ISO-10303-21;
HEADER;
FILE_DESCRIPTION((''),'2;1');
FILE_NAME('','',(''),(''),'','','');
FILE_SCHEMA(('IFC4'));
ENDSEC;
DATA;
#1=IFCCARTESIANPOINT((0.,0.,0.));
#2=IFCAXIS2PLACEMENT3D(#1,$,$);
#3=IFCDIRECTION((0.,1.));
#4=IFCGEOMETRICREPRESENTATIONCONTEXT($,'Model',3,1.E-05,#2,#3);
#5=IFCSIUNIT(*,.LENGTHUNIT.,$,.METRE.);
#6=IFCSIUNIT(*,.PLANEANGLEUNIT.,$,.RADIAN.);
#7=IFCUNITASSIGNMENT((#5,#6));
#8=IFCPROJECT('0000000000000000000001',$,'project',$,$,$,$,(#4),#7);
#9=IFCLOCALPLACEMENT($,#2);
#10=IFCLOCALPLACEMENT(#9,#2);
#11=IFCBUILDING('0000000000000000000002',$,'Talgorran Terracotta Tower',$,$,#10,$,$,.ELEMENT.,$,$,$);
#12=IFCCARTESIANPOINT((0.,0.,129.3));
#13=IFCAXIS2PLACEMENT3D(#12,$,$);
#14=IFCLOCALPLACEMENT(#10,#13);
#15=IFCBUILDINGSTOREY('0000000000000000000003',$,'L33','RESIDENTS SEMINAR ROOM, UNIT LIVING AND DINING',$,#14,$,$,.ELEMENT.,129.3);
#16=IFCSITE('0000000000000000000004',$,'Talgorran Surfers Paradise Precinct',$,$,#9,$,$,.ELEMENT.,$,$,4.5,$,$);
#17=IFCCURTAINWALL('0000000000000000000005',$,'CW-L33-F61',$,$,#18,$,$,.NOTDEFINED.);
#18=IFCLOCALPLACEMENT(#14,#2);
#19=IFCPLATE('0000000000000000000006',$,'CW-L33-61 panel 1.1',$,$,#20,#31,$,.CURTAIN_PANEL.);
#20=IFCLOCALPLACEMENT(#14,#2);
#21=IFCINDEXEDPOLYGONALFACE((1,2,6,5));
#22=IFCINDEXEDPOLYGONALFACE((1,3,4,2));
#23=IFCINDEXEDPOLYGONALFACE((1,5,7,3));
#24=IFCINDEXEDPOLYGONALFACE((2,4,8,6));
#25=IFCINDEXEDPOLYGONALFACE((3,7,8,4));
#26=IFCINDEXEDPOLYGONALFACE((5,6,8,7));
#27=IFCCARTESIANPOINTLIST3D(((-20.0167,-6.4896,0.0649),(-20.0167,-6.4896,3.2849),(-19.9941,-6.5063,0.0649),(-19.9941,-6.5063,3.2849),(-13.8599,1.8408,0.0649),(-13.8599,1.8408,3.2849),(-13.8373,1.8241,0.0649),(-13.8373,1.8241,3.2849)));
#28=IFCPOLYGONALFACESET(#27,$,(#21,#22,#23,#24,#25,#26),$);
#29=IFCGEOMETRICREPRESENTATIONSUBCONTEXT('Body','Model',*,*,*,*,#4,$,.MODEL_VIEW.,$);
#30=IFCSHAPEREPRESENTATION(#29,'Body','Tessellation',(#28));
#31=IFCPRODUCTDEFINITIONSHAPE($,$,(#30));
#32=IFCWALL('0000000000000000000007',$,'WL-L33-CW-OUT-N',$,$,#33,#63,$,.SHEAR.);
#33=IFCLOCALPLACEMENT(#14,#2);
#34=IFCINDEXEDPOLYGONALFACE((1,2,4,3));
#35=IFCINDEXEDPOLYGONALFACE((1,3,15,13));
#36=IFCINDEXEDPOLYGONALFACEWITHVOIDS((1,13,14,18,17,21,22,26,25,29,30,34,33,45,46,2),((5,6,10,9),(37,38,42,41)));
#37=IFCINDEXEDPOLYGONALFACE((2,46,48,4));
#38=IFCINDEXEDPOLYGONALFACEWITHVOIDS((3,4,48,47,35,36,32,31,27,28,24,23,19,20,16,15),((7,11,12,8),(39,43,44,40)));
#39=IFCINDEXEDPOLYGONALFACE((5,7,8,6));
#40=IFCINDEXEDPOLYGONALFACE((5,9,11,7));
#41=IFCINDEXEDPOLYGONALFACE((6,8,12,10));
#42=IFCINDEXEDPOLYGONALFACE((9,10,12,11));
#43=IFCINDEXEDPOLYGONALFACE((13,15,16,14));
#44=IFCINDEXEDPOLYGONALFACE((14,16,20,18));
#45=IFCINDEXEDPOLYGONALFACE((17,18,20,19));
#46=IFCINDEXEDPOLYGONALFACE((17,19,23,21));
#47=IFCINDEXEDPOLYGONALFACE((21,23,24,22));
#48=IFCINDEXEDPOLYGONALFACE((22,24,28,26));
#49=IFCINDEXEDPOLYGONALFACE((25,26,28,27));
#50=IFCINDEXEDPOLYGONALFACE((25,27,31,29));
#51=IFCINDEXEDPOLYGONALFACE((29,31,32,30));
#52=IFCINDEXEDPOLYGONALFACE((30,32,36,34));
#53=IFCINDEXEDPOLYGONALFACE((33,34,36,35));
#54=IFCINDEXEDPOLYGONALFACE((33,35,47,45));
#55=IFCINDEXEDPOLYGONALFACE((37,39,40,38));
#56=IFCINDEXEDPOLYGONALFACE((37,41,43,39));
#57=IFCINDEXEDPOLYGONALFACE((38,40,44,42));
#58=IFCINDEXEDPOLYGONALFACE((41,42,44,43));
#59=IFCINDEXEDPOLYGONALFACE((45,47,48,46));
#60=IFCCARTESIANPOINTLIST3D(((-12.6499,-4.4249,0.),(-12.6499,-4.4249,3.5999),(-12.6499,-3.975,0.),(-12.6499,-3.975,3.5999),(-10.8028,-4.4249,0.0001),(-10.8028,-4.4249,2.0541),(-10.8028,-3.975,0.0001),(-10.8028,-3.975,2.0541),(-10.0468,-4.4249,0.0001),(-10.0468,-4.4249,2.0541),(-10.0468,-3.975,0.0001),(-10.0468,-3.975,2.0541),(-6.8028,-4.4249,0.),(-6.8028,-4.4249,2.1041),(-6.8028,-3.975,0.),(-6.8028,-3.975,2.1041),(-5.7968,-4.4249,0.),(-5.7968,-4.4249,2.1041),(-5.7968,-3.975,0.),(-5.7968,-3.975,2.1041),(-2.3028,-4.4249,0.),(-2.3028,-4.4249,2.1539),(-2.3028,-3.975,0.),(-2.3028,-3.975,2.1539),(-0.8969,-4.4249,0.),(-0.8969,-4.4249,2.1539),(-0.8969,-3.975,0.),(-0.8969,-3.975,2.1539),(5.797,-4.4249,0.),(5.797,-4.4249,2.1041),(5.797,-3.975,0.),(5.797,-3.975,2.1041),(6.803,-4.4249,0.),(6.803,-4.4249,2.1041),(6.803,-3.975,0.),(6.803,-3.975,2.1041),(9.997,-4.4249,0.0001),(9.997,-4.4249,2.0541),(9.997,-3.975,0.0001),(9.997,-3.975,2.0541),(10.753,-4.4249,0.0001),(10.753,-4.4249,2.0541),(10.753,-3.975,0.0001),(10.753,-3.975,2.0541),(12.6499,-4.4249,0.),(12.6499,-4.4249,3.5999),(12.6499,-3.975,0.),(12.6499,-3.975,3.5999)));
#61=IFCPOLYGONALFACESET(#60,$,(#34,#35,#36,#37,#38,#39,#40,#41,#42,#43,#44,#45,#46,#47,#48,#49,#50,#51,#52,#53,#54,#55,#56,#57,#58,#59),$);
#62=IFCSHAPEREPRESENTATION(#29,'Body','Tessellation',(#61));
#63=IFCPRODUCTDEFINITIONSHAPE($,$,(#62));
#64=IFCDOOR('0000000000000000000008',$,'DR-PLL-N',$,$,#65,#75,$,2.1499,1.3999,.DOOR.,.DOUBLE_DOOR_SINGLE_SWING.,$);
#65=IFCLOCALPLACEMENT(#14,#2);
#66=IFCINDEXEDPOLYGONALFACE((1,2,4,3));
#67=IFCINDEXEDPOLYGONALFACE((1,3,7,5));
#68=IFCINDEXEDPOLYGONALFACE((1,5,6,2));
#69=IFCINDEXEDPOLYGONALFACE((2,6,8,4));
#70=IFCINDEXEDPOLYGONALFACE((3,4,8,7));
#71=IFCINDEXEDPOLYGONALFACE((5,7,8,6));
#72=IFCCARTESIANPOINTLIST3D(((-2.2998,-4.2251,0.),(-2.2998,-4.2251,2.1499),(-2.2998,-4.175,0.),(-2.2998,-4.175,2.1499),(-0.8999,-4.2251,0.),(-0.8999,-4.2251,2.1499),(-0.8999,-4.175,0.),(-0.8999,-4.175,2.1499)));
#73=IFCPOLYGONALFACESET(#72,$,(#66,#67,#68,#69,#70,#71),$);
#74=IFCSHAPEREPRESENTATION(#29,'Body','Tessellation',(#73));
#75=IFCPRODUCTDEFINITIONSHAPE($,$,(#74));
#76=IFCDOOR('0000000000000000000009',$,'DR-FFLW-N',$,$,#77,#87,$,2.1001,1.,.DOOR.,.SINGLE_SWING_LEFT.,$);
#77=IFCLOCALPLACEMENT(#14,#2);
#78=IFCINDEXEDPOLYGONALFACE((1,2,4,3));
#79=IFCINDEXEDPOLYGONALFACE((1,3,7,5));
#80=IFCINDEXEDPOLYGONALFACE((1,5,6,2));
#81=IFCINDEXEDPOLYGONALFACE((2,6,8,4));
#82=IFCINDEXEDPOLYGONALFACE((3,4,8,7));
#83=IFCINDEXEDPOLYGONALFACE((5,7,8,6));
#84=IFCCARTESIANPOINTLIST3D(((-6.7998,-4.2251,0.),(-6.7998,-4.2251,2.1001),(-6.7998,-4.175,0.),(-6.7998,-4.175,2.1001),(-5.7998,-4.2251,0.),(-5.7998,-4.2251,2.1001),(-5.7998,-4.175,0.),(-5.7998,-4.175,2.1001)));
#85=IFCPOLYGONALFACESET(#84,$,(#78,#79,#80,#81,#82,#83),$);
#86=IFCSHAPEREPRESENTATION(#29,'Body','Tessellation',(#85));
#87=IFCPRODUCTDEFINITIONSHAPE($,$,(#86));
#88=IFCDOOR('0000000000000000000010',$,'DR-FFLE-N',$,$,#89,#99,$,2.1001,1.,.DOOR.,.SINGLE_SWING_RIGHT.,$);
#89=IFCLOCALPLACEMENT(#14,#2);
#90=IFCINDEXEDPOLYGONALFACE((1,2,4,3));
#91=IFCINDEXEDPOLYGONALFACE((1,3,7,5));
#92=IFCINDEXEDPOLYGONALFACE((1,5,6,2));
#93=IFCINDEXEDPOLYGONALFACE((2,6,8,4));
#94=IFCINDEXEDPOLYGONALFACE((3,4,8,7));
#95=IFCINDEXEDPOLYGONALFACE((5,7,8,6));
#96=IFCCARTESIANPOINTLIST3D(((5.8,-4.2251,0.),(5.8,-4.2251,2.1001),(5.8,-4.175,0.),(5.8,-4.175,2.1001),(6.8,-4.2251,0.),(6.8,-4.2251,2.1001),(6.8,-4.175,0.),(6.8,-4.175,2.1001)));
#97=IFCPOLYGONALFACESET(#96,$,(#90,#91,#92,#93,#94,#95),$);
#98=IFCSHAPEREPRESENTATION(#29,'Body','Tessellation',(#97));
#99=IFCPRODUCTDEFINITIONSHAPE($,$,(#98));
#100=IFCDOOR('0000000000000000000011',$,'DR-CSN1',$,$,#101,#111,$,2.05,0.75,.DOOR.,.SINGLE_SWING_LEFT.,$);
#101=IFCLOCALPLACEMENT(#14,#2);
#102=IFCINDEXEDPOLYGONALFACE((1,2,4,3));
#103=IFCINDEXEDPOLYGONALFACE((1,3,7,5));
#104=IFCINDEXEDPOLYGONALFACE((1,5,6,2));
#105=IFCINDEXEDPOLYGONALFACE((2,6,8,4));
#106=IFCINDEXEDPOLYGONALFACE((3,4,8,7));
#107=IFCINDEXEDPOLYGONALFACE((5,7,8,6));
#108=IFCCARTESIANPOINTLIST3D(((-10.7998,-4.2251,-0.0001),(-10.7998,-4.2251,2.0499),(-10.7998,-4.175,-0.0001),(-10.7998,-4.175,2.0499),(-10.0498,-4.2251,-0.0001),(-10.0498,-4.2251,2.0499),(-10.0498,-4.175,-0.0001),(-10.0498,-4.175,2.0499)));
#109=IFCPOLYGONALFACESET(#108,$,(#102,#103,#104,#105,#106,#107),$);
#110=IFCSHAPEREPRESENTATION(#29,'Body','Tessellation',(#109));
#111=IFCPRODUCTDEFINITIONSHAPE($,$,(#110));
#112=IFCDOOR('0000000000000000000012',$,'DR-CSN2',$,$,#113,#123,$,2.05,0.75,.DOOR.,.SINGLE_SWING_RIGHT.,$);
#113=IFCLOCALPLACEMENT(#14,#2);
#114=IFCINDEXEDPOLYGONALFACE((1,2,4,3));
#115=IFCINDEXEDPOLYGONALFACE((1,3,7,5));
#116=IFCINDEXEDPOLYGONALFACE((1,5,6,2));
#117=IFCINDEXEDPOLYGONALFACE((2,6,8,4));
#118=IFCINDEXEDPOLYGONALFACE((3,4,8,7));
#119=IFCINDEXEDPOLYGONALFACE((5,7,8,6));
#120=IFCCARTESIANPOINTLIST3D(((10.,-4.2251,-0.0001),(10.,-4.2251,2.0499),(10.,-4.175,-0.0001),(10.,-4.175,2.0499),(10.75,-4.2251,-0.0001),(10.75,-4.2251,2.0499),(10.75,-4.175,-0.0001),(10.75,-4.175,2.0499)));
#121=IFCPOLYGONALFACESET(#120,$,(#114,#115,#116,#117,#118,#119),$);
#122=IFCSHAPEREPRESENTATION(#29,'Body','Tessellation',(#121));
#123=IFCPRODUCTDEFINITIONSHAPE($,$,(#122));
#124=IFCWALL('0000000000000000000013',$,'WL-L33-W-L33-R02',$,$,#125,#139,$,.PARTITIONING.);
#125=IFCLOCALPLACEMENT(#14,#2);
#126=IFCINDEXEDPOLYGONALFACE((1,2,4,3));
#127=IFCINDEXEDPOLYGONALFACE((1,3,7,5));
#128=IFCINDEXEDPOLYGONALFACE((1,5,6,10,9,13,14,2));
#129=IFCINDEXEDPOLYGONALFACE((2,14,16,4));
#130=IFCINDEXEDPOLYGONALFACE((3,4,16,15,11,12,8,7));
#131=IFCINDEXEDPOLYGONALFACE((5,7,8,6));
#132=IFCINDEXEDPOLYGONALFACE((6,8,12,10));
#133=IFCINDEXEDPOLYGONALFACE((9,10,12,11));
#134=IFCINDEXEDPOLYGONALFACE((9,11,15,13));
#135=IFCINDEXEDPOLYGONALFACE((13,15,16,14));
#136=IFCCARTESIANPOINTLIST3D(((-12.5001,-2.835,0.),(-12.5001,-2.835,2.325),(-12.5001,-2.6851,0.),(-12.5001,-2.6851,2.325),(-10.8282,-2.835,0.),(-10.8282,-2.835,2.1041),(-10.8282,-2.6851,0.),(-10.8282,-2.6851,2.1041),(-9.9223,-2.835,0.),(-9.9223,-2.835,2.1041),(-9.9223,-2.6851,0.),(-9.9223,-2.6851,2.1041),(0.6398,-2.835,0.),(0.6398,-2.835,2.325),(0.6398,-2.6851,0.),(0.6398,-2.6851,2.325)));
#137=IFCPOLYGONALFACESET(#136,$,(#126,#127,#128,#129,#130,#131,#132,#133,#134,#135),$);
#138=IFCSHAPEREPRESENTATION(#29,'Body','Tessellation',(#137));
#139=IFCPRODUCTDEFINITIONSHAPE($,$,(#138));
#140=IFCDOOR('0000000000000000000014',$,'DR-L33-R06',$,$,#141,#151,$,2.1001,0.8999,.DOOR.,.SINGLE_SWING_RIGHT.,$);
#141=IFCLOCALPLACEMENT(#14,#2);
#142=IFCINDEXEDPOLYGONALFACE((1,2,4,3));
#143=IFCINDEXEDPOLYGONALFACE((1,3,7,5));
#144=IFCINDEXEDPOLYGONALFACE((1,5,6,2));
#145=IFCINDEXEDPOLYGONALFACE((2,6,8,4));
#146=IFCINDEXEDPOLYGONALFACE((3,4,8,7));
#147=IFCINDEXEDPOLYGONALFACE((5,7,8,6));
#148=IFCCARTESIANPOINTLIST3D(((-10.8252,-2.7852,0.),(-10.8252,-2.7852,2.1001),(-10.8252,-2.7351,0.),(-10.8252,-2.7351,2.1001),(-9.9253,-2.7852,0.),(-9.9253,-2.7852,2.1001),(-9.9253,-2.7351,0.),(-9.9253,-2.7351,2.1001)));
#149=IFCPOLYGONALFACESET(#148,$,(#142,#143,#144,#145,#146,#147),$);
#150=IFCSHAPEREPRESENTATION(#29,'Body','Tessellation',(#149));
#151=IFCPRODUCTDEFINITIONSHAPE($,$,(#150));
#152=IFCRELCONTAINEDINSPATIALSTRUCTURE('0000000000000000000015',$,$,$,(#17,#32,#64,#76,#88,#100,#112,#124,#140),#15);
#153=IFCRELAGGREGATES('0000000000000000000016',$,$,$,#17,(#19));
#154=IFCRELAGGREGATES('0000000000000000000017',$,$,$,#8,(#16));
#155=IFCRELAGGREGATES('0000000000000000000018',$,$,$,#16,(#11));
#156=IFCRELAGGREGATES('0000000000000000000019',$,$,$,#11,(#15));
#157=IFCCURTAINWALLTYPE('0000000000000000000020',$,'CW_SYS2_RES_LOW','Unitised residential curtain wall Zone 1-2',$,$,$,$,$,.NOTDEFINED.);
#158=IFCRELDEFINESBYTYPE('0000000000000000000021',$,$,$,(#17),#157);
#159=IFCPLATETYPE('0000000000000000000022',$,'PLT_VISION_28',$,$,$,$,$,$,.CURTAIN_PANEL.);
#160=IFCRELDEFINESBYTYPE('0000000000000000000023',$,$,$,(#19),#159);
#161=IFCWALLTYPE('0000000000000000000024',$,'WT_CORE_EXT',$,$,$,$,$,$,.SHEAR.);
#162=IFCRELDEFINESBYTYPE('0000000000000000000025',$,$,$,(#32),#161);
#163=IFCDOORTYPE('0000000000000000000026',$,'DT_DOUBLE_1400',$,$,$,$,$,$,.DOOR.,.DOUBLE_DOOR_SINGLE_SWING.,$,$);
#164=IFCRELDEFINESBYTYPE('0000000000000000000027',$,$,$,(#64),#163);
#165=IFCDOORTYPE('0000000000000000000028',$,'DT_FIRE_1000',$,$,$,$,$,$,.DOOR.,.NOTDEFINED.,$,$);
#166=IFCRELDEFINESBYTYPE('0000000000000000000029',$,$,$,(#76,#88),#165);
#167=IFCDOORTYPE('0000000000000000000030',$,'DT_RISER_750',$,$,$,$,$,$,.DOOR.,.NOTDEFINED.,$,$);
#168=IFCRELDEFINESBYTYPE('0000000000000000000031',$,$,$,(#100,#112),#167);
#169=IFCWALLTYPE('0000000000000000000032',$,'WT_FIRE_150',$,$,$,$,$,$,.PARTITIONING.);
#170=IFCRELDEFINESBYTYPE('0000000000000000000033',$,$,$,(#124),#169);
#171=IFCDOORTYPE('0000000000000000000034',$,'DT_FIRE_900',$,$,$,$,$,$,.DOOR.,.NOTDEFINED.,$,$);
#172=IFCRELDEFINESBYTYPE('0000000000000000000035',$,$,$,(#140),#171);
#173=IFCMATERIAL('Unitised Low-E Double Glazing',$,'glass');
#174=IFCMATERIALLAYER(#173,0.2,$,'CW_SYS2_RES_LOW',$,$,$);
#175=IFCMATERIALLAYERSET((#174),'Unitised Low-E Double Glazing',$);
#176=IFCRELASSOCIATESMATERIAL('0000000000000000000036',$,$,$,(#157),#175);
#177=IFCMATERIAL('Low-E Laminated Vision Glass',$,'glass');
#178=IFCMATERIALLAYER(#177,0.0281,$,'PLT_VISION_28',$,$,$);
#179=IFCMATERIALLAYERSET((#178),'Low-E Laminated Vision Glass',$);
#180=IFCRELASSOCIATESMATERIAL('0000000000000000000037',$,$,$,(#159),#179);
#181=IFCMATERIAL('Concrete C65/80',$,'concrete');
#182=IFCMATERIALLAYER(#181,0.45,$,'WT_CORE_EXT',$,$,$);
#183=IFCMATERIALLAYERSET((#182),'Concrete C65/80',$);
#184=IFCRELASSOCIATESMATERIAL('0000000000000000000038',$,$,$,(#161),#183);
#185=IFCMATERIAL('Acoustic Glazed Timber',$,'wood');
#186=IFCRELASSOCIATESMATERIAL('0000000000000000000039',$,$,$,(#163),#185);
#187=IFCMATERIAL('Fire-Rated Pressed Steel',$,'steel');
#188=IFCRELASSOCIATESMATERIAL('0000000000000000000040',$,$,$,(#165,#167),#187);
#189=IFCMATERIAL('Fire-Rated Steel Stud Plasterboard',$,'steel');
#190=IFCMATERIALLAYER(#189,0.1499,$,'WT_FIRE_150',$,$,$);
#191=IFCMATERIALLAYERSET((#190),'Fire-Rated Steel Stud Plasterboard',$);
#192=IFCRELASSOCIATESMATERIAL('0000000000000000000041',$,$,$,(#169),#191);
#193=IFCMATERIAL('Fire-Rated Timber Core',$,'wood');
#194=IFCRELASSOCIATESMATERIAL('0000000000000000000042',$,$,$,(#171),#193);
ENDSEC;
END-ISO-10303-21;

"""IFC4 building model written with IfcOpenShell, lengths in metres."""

from ifc_helpers import new_model, si_unit, direction, frame, frame_2d, origin, origin_2d, place, context, subcontext, project, spatial, rectangle, extrude, source, transform, mapped, material, layer, layer_set, type_object, type_shapes, element, fill, aggregate, save


model = new_model("IFC4")

# Units and contexts
model_context = context("Model", 3, precision=1e-05, world=origin(), true_north=direction((0.0, 1.0)))
body_context = subcontext(model_context, "Body", "Model", "MODEL_VIEW")
ifc_project = project(units=[si_unit("LENGTHUNIT", "METRE"), si_unit("PLANEANGLEUNIT", "RADIAN")], contexts=[model_context])

# Site, building, storey
site_placement = place(None, origin())
site = spatial("IfcSite", under=ifc_project, at=site_placement, Name="Talgorran Surfers Paradise Precinct", CompositionType="ELEMENT", RefElevation=4.5)
building_placement = place(site_placement, origin())
building = spatial("IfcBuilding", under=site, at=building_placement, Name="Talgorran Terracotta Tower", CompositionType="ELEMENT")
storey_placement = place(building_placement, frame((0.0, 0.0, 129.3)))
storey = spatial("IfcBuildingStorey", under=building, at=storey_placement, Name="L33", Description="RESIDENTS SEMINAR ROOM, UNIT LIVING AND DINING", CompositionType="ELEMENT", Elevation=129.3)

# Curtain wall
ifc_material_1 = material(Name="Unitised Low-E Double Glazing", Category="glass")
ifc_layer_1 = layer(ifc_material_1, 0.2, Name="CW_SYS2_RES_LOW")
ifc_layer_set_1 = layer_set([ifc_layer_1], Name="Unitised Low-E Double Glazing")
curtain_wall_type = type_object("IfcCurtainWallType", Name="CW_SYS2_RES_LOW", Description="Unitised residential curtain wall Zone 1-2", PredefinedType="NOTDEFINED", material=ifc_layer_set_1)
curtain_wall_1_placement = place(storey_placement, origin())
curtain_wall_1 = element("IfcCurtainWall", 1, at=curtain_wall_1_placement, inside=storey, type_object=curtain_wall_type, Name="CW-L33-F61", PredefinedType="NOTDEFINED")

# Plate
ifc_material_2 = material(Name="Low-E Laminated Vision Glass", Category="glass")
ifc_layer_2 = layer(ifc_material_2, 0.0281, Name="PLT_VISION_28")
ifc_layer_set_2 = layer_set([ifc_layer_2], Name="Low-E Laminated Vision Glass")
plate_type = type_object("IfcPlateType", Name="PLT_VISION_28", PredefinedType="CURTAIN_PANEL", material=ifc_layer_set_2)
shared_shape = source(origin(), body_context, "Body", "SweptSolid", [
    extrude(rectangle(XDim=10.3586, YDim=0.0281, at=origin_2d()), origin(), (0.0, 0.0, 1.0), 3.22),
])
type_shapes(plate_type, [shared_shape])
plate_placement = place(storey_placement, frame((-16.927, -2.3328, 0.0649), z_axis=(0.0, 0.0, 1.0), x_axis=(-0.594361, -0.804199, 0.0)))
plate = element("IfcPlate", 2, at=plate_placement, type_object=plate_type, Name="CW-L33-61 panel 1.1", PredefinedType="CURTAIN_PANEL", context=body_context, shape_type="MappedRepresentation", body=[
    mapped(shared_shape, transform((0.0, 0.0, 0.0), scale=1.0)),
])
aggregate(curtain_wall_1, [plate])

# Wall, openings, doors
ifc_material_3 = material(Name="Concrete C65/80", Category="concrete")
ifc_layer_3 = layer(ifc_material_3, 0.45, Name="WT_CORE_EXT")
ifc_layer_set_3 = layer_set([ifc_layer_3], Name="Concrete C65/80")
wall_type_1 = type_object("IfcWallType", Name="WT_CORE_EXT", PredefinedType="SHEAR", material=ifc_layer_set_3)
wall_1_placement = place(storey_placement, frame((-12.6499, -4.2, 0.0), z_axis=(0.0, 0.0, 1.0), x_axis=(1.0, 0.0, 0.0)))
wall_1 = element("IfcWall", 3, at=wall_1_placement, inside=storey, type_object=wall_type_1, Name="WL-L33-CW-OUT-N", PredefinedType="SHEAR", context=body_context, shape_type="SweptSolid", body=[
    extrude(rectangle(XDim=25.2998, YDim=0.45, at=frame_2d((12.6499, 0.0))), origin(), (0.0, 0.0, 1.0), 3.5999),
])
opening_1_placement = place(wall_1_placement, frame((1.8501, 0.0, 0.0)))
opening_1 = element("IfcOpeningElement", 4, at=opening_1_placement, cuts=wall_1, PredefinedType="OPENING", context=body_context, shape_type="SweptSolid", body=[
    extrude(rectangle(XDim=0.756, YDim=2.054, at=frame_2d((0.375, 1.0271))), frame((0.0, 0.2349, 0.0), z_axis=(0.0, -1.0, 0.0), x_axis=(1.0, 0.0, 0.0)), (0.0, 0.0, 1.0), 0.47),
])
opening_2_placement = place(wall_1_placement, frame((22.6499, 0.0, 0.0)))
opening_2 = element("IfcOpeningElement", 5, at=opening_2_placement, cuts=wall_1, PredefinedType="OPENING", context=body_context, shape_type="SweptSolid", body=[
    extrude(rectangle(XDim=0.756, YDim=2.054, at=frame_2d((0.375, 1.0271))), frame((0.0, 0.2349, 0.0), z_axis=(0.0, -1.0, 0.0), x_axis=(1.0, 0.0, 0.0)), (0.0, 0.0, 1.0), 0.47),
])
opening_3_placement = place(wall_1_placement, frame((5.8501, 0.0, 0.0)))
opening_3 = element("IfcOpeningElement", 6, at=opening_3_placement, cuts=wall_1, PredefinedType="OPENING", context=body_context, shape_type="SweptSolid", body=[
    extrude(rectangle(XDim=1.006, YDim=2.1041, at=frame_2d((0.5, 1.052))), frame((0.0, 0.2349, 0.0), z_axis=(0.0, -1.0, 0.0), x_axis=(1.0, 0.0, 0.0)), (0.0, 0.0, 1.0), 0.47),
])
opening_4_placement = place(wall_1_placement, frame((10.3501, 0.0, 0.0)))
opening_4 = element("IfcOpeningElement", 7, at=opening_4_placement, cuts=wall_1, PredefinedType="OPENING", context=body_context, shape_type="SweptSolid", body=[
    extrude(rectangle(XDim=1.4059, YDim=2.1539, at=frame_2d((0.7, 1.0769))), frame((0.0, 0.2349, 0.0), z_axis=(0.0, -1.0, 0.0), x_axis=(1.0, 0.0, 0.0)), (0.0, 0.0, 1.0), 0.47),
])
opening_5_placement = place(wall_1_placement, frame((18.45, 0.0, 0.0)))
opening_5 = element("IfcOpeningElement", 8, at=opening_5_placement, cuts=wall_1, PredefinedType="OPENING", context=body_context, shape_type="SweptSolid", body=[
    extrude(rectangle(XDim=1.006, YDim=2.1041, at=frame_2d((0.5, 1.052))), frame((0.0, 0.2349, 0.0), z_axis=(0.0, -1.0, 0.0), x_axis=(1.0, 0.0, 0.0)), (0.0, 0.0, 1.0), 0.47),
])
ifc_material_4 = material(Name="Acoustic Glazed Timber", Category="wood")
door_type_1 = type_object("IfcDoorType", Name="DT_DOUBLE_1400", OperationType="DOUBLE_DOOR_SINGLE_SWING", PredefinedType="DOOR", material=ifc_material_4)
door_1_placement = place(opening_4_placement, origin())
door_1 = element("IfcDoor", 9, at=door_1_placement, inside=storey, type_object=door_type_1, Name="DR-PLL-N", OperationType="DOUBLE_DOOR_SINGLE_SWING", OverallHeight=2.1499, OverallWidth=1.3999, PredefinedType="DOOR", context=body_context, shape_type="SweptSolid", body=[
    extrude(rectangle(XDim=1.3999, YDim=2.1499, at=frame_2d((0.7, 1.075))), frame((0.0, 0.0249, 0.0), z_axis=(0.0, -1.0, 0.0), x_axis=(1.0, 0.0, 0.0)), (0.0, 0.0, 1.0), 0.05),
])
fill(opening_4, door_1)
ifc_material_5 = material(Name="Fire-Rated Pressed Steel", Category="steel")
door_type_2 = type_object("IfcDoorType", Name="DT_FIRE_1000", OperationType="NOTDEFINED", PredefinedType="DOOR", material=ifc_material_5)
door_2_placement = place(opening_3_placement, origin())
door_2 = element("IfcDoor", 10, at=door_2_placement, inside=storey, type_object=door_type_2, Name="DR-FFLW-N", OperationType="SINGLE_SWING_LEFT", OverallHeight=2.1001, OverallWidth=1.0, PredefinedType="DOOR", context=body_context, shape_type="SweptSolid", body=[
    extrude(rectangle(XDim=1.0, YDim=2.1001, at=frame_2d((0.5, 1.05))), frame((0.0, 0.0249, 0.0), z_axis=(0.0, -1.0, 0.0), x_axis=(1.0, 0.0, 0.0)), (0.0, 0.0, 1.0), 0.05),
])
fill(opening_3, door_2)
door_3_placement = place(opening_5_placement, origin())
door_3 = element("IfcDoor", 11, at=door_3_placement, inside=storey, type_object=door_type_2, Name="DR-FFLE-N", OperationType="SINGLE_SWING_RIGHT", OverallHeight=2.1001, OverallWidth=1.0, PredefinedType="DOOR", context=body_context, shape_type="SweptSolid", body=[
    extrude(rectangle(XDim=1.0, YDim=2.1001, at=frame_2d((0.5, 1.05))), frame((0.0, 0.0249, 0.0), z_axis=(0.0, -1.0, 0.0), x_axis=(1.0, 0.0, 0.0)), (0.0, 0.0, 1.0), 0.05),
])
fill(opening_5, door_3)
door_type_3 = type_object("IfcDoorType", Name="DT_RISER_750", OperationType="NOTDEFINED", PredefinedType="DOOR", material=ifc_material_5)
door_4_placement = place(opening_1_placement, origin())
door_4 = element("IfcDoor", 12, at=door_4_placement, inside=storey, type_object=door_type_3, Name="DR-CSN1", OperationType="SINGLE_SWING_LEFT", OverallHeight=2.05, OverallWidth=0.75, PredefinedType="DOOR", context=body_context, shape_type="SweptSolid", body=[
    extrude(rectangle(XDim=0.75, YDim=2.05, at=frame_2d((0.375, 1.0249))), frame((0.0, 0.0249, 0.0), z_axis=(0.0, -1.0, 0.0), x_axis=(1.0, 0.0, 0.0)), (0.0, 0.0, 1.0), 0.05),
])
fill(opening_1, door_4)
door_5_placement = place(opening_2_placement, origin())
door_5 = element("IfcDoor", 13, at=door_5_placement, inside=storey, type_object=door_type_3, Name="DR-CSN2", OperationType="SINGLE_SWING_RIGHT", OverallHeight=2.05, OverallWidth=0.75, PredefinedType="DOOR", context=body_context, shape_type="SweptSolid", body=[
    extrude(rectangle(XDim=0.75, YDim=2.05, at=frame_2d((0.375, 1.0249))), frame((0.0, 0.0249, 0.0), z_axis=(0.0, -1.0, 0.0), x_axis=(1.0, 0.0, 0.0)), (0.0, 0.0, 1.0), 0.05),
])
fill(opening_2, door_5)

# Wall, opening, door
ifc_material_6 = material(Name="Fire-Rated Steel Stud Plasterboard", Category="steel")
ifc_layer_4 = layer(ifc_material_6, 0.1499, Name="WT_FIRE_150")
ifc_layer_set_4 = layer_set([ifc_layer_4], Name="Fire-Rated Steel Stud Plasterboard")
wall_type_2 = type_object("IfcWallType", Name="WT_FIRE_150", PredefinedType="PARTITIONING", material=ifc_layer_set_4)
wall_2_placement = place(storey_placement, frame((-12.5, -2.76, 0.0), z_axis=(0.0, 0.0, 1.0), x_axis=(1.0, 0.0, 0.0)))
wall_2 = element("IfcWall", 14, at=wall_2_placement, inside=storey, type_object=wall_type_2, Name="WL-L33-W-L33-R02", PredefinedType="PARTITIONING", context=body_context, shape_type="SweptSolid", body=[
    extrude(rectangle(XDim=13.1399, YDim=0.1499, at=frame_2d((6.5698, 0.0))), origin(), (0.0, 0.0, 1.0), 2.325),
])
opening_6_placement = place(wall_2_placement, frame((1.6748, 0.0, 0.0)))
opening_6 = element("IfcOpeningElement", 15, at=opening_6_placement, cuts=wall_2, PredefinedType="OPENING", context=body_context, shape_type="SweptSolid", body=[
    extrude(rectangle(XDim=0.9059, YDim=2.1041, at=frame_2d((0.45, 1.052))), frame((0.0, 0.085, 0.0), z_axis=(0.0, -1.0, 0.0), x_axis=(1.0, 0.0, 0.0)), (0.0, 0.0, 1.0), 0.1699),
])
ifc_material_7 = material(Name="Fire-Rated Timber Core", Category="wood")
door_type_4 = type_object("IfcDoorType", Name="DT_FIRE_900", OperationType="NOTDEFINED", PredefinedType="DOOR", material=ifc_material_7)
door_6_placement = place(opening_6_placement, origin())
door_6 = element("IfcDoor", 16, at=door_6_placement, inside=storey, type_object=door_type_4, Name="DR-L33-R06", OperationType="SINGLE_SWING_RIGHT", OverallHeight=2.1001, OverallWidth=0.8999, PredefinedType="DOOR", context=body_context, shape_type="SweptSolid", body=[
    extrude(rectangle(XDim=0.8999, YDim=2.1001, at=frame_2d((0.45, 1.05))), frame((0.0, 0.0249, 0.0), z_axis=(0.0, -1.0, 0.0), x_axis=(1.0, 0.0, 0.0)), (0.0, 0.0, 1.0), 0.05),
])
fill(opening_6, door_6)

save(model, "model.ifc")
